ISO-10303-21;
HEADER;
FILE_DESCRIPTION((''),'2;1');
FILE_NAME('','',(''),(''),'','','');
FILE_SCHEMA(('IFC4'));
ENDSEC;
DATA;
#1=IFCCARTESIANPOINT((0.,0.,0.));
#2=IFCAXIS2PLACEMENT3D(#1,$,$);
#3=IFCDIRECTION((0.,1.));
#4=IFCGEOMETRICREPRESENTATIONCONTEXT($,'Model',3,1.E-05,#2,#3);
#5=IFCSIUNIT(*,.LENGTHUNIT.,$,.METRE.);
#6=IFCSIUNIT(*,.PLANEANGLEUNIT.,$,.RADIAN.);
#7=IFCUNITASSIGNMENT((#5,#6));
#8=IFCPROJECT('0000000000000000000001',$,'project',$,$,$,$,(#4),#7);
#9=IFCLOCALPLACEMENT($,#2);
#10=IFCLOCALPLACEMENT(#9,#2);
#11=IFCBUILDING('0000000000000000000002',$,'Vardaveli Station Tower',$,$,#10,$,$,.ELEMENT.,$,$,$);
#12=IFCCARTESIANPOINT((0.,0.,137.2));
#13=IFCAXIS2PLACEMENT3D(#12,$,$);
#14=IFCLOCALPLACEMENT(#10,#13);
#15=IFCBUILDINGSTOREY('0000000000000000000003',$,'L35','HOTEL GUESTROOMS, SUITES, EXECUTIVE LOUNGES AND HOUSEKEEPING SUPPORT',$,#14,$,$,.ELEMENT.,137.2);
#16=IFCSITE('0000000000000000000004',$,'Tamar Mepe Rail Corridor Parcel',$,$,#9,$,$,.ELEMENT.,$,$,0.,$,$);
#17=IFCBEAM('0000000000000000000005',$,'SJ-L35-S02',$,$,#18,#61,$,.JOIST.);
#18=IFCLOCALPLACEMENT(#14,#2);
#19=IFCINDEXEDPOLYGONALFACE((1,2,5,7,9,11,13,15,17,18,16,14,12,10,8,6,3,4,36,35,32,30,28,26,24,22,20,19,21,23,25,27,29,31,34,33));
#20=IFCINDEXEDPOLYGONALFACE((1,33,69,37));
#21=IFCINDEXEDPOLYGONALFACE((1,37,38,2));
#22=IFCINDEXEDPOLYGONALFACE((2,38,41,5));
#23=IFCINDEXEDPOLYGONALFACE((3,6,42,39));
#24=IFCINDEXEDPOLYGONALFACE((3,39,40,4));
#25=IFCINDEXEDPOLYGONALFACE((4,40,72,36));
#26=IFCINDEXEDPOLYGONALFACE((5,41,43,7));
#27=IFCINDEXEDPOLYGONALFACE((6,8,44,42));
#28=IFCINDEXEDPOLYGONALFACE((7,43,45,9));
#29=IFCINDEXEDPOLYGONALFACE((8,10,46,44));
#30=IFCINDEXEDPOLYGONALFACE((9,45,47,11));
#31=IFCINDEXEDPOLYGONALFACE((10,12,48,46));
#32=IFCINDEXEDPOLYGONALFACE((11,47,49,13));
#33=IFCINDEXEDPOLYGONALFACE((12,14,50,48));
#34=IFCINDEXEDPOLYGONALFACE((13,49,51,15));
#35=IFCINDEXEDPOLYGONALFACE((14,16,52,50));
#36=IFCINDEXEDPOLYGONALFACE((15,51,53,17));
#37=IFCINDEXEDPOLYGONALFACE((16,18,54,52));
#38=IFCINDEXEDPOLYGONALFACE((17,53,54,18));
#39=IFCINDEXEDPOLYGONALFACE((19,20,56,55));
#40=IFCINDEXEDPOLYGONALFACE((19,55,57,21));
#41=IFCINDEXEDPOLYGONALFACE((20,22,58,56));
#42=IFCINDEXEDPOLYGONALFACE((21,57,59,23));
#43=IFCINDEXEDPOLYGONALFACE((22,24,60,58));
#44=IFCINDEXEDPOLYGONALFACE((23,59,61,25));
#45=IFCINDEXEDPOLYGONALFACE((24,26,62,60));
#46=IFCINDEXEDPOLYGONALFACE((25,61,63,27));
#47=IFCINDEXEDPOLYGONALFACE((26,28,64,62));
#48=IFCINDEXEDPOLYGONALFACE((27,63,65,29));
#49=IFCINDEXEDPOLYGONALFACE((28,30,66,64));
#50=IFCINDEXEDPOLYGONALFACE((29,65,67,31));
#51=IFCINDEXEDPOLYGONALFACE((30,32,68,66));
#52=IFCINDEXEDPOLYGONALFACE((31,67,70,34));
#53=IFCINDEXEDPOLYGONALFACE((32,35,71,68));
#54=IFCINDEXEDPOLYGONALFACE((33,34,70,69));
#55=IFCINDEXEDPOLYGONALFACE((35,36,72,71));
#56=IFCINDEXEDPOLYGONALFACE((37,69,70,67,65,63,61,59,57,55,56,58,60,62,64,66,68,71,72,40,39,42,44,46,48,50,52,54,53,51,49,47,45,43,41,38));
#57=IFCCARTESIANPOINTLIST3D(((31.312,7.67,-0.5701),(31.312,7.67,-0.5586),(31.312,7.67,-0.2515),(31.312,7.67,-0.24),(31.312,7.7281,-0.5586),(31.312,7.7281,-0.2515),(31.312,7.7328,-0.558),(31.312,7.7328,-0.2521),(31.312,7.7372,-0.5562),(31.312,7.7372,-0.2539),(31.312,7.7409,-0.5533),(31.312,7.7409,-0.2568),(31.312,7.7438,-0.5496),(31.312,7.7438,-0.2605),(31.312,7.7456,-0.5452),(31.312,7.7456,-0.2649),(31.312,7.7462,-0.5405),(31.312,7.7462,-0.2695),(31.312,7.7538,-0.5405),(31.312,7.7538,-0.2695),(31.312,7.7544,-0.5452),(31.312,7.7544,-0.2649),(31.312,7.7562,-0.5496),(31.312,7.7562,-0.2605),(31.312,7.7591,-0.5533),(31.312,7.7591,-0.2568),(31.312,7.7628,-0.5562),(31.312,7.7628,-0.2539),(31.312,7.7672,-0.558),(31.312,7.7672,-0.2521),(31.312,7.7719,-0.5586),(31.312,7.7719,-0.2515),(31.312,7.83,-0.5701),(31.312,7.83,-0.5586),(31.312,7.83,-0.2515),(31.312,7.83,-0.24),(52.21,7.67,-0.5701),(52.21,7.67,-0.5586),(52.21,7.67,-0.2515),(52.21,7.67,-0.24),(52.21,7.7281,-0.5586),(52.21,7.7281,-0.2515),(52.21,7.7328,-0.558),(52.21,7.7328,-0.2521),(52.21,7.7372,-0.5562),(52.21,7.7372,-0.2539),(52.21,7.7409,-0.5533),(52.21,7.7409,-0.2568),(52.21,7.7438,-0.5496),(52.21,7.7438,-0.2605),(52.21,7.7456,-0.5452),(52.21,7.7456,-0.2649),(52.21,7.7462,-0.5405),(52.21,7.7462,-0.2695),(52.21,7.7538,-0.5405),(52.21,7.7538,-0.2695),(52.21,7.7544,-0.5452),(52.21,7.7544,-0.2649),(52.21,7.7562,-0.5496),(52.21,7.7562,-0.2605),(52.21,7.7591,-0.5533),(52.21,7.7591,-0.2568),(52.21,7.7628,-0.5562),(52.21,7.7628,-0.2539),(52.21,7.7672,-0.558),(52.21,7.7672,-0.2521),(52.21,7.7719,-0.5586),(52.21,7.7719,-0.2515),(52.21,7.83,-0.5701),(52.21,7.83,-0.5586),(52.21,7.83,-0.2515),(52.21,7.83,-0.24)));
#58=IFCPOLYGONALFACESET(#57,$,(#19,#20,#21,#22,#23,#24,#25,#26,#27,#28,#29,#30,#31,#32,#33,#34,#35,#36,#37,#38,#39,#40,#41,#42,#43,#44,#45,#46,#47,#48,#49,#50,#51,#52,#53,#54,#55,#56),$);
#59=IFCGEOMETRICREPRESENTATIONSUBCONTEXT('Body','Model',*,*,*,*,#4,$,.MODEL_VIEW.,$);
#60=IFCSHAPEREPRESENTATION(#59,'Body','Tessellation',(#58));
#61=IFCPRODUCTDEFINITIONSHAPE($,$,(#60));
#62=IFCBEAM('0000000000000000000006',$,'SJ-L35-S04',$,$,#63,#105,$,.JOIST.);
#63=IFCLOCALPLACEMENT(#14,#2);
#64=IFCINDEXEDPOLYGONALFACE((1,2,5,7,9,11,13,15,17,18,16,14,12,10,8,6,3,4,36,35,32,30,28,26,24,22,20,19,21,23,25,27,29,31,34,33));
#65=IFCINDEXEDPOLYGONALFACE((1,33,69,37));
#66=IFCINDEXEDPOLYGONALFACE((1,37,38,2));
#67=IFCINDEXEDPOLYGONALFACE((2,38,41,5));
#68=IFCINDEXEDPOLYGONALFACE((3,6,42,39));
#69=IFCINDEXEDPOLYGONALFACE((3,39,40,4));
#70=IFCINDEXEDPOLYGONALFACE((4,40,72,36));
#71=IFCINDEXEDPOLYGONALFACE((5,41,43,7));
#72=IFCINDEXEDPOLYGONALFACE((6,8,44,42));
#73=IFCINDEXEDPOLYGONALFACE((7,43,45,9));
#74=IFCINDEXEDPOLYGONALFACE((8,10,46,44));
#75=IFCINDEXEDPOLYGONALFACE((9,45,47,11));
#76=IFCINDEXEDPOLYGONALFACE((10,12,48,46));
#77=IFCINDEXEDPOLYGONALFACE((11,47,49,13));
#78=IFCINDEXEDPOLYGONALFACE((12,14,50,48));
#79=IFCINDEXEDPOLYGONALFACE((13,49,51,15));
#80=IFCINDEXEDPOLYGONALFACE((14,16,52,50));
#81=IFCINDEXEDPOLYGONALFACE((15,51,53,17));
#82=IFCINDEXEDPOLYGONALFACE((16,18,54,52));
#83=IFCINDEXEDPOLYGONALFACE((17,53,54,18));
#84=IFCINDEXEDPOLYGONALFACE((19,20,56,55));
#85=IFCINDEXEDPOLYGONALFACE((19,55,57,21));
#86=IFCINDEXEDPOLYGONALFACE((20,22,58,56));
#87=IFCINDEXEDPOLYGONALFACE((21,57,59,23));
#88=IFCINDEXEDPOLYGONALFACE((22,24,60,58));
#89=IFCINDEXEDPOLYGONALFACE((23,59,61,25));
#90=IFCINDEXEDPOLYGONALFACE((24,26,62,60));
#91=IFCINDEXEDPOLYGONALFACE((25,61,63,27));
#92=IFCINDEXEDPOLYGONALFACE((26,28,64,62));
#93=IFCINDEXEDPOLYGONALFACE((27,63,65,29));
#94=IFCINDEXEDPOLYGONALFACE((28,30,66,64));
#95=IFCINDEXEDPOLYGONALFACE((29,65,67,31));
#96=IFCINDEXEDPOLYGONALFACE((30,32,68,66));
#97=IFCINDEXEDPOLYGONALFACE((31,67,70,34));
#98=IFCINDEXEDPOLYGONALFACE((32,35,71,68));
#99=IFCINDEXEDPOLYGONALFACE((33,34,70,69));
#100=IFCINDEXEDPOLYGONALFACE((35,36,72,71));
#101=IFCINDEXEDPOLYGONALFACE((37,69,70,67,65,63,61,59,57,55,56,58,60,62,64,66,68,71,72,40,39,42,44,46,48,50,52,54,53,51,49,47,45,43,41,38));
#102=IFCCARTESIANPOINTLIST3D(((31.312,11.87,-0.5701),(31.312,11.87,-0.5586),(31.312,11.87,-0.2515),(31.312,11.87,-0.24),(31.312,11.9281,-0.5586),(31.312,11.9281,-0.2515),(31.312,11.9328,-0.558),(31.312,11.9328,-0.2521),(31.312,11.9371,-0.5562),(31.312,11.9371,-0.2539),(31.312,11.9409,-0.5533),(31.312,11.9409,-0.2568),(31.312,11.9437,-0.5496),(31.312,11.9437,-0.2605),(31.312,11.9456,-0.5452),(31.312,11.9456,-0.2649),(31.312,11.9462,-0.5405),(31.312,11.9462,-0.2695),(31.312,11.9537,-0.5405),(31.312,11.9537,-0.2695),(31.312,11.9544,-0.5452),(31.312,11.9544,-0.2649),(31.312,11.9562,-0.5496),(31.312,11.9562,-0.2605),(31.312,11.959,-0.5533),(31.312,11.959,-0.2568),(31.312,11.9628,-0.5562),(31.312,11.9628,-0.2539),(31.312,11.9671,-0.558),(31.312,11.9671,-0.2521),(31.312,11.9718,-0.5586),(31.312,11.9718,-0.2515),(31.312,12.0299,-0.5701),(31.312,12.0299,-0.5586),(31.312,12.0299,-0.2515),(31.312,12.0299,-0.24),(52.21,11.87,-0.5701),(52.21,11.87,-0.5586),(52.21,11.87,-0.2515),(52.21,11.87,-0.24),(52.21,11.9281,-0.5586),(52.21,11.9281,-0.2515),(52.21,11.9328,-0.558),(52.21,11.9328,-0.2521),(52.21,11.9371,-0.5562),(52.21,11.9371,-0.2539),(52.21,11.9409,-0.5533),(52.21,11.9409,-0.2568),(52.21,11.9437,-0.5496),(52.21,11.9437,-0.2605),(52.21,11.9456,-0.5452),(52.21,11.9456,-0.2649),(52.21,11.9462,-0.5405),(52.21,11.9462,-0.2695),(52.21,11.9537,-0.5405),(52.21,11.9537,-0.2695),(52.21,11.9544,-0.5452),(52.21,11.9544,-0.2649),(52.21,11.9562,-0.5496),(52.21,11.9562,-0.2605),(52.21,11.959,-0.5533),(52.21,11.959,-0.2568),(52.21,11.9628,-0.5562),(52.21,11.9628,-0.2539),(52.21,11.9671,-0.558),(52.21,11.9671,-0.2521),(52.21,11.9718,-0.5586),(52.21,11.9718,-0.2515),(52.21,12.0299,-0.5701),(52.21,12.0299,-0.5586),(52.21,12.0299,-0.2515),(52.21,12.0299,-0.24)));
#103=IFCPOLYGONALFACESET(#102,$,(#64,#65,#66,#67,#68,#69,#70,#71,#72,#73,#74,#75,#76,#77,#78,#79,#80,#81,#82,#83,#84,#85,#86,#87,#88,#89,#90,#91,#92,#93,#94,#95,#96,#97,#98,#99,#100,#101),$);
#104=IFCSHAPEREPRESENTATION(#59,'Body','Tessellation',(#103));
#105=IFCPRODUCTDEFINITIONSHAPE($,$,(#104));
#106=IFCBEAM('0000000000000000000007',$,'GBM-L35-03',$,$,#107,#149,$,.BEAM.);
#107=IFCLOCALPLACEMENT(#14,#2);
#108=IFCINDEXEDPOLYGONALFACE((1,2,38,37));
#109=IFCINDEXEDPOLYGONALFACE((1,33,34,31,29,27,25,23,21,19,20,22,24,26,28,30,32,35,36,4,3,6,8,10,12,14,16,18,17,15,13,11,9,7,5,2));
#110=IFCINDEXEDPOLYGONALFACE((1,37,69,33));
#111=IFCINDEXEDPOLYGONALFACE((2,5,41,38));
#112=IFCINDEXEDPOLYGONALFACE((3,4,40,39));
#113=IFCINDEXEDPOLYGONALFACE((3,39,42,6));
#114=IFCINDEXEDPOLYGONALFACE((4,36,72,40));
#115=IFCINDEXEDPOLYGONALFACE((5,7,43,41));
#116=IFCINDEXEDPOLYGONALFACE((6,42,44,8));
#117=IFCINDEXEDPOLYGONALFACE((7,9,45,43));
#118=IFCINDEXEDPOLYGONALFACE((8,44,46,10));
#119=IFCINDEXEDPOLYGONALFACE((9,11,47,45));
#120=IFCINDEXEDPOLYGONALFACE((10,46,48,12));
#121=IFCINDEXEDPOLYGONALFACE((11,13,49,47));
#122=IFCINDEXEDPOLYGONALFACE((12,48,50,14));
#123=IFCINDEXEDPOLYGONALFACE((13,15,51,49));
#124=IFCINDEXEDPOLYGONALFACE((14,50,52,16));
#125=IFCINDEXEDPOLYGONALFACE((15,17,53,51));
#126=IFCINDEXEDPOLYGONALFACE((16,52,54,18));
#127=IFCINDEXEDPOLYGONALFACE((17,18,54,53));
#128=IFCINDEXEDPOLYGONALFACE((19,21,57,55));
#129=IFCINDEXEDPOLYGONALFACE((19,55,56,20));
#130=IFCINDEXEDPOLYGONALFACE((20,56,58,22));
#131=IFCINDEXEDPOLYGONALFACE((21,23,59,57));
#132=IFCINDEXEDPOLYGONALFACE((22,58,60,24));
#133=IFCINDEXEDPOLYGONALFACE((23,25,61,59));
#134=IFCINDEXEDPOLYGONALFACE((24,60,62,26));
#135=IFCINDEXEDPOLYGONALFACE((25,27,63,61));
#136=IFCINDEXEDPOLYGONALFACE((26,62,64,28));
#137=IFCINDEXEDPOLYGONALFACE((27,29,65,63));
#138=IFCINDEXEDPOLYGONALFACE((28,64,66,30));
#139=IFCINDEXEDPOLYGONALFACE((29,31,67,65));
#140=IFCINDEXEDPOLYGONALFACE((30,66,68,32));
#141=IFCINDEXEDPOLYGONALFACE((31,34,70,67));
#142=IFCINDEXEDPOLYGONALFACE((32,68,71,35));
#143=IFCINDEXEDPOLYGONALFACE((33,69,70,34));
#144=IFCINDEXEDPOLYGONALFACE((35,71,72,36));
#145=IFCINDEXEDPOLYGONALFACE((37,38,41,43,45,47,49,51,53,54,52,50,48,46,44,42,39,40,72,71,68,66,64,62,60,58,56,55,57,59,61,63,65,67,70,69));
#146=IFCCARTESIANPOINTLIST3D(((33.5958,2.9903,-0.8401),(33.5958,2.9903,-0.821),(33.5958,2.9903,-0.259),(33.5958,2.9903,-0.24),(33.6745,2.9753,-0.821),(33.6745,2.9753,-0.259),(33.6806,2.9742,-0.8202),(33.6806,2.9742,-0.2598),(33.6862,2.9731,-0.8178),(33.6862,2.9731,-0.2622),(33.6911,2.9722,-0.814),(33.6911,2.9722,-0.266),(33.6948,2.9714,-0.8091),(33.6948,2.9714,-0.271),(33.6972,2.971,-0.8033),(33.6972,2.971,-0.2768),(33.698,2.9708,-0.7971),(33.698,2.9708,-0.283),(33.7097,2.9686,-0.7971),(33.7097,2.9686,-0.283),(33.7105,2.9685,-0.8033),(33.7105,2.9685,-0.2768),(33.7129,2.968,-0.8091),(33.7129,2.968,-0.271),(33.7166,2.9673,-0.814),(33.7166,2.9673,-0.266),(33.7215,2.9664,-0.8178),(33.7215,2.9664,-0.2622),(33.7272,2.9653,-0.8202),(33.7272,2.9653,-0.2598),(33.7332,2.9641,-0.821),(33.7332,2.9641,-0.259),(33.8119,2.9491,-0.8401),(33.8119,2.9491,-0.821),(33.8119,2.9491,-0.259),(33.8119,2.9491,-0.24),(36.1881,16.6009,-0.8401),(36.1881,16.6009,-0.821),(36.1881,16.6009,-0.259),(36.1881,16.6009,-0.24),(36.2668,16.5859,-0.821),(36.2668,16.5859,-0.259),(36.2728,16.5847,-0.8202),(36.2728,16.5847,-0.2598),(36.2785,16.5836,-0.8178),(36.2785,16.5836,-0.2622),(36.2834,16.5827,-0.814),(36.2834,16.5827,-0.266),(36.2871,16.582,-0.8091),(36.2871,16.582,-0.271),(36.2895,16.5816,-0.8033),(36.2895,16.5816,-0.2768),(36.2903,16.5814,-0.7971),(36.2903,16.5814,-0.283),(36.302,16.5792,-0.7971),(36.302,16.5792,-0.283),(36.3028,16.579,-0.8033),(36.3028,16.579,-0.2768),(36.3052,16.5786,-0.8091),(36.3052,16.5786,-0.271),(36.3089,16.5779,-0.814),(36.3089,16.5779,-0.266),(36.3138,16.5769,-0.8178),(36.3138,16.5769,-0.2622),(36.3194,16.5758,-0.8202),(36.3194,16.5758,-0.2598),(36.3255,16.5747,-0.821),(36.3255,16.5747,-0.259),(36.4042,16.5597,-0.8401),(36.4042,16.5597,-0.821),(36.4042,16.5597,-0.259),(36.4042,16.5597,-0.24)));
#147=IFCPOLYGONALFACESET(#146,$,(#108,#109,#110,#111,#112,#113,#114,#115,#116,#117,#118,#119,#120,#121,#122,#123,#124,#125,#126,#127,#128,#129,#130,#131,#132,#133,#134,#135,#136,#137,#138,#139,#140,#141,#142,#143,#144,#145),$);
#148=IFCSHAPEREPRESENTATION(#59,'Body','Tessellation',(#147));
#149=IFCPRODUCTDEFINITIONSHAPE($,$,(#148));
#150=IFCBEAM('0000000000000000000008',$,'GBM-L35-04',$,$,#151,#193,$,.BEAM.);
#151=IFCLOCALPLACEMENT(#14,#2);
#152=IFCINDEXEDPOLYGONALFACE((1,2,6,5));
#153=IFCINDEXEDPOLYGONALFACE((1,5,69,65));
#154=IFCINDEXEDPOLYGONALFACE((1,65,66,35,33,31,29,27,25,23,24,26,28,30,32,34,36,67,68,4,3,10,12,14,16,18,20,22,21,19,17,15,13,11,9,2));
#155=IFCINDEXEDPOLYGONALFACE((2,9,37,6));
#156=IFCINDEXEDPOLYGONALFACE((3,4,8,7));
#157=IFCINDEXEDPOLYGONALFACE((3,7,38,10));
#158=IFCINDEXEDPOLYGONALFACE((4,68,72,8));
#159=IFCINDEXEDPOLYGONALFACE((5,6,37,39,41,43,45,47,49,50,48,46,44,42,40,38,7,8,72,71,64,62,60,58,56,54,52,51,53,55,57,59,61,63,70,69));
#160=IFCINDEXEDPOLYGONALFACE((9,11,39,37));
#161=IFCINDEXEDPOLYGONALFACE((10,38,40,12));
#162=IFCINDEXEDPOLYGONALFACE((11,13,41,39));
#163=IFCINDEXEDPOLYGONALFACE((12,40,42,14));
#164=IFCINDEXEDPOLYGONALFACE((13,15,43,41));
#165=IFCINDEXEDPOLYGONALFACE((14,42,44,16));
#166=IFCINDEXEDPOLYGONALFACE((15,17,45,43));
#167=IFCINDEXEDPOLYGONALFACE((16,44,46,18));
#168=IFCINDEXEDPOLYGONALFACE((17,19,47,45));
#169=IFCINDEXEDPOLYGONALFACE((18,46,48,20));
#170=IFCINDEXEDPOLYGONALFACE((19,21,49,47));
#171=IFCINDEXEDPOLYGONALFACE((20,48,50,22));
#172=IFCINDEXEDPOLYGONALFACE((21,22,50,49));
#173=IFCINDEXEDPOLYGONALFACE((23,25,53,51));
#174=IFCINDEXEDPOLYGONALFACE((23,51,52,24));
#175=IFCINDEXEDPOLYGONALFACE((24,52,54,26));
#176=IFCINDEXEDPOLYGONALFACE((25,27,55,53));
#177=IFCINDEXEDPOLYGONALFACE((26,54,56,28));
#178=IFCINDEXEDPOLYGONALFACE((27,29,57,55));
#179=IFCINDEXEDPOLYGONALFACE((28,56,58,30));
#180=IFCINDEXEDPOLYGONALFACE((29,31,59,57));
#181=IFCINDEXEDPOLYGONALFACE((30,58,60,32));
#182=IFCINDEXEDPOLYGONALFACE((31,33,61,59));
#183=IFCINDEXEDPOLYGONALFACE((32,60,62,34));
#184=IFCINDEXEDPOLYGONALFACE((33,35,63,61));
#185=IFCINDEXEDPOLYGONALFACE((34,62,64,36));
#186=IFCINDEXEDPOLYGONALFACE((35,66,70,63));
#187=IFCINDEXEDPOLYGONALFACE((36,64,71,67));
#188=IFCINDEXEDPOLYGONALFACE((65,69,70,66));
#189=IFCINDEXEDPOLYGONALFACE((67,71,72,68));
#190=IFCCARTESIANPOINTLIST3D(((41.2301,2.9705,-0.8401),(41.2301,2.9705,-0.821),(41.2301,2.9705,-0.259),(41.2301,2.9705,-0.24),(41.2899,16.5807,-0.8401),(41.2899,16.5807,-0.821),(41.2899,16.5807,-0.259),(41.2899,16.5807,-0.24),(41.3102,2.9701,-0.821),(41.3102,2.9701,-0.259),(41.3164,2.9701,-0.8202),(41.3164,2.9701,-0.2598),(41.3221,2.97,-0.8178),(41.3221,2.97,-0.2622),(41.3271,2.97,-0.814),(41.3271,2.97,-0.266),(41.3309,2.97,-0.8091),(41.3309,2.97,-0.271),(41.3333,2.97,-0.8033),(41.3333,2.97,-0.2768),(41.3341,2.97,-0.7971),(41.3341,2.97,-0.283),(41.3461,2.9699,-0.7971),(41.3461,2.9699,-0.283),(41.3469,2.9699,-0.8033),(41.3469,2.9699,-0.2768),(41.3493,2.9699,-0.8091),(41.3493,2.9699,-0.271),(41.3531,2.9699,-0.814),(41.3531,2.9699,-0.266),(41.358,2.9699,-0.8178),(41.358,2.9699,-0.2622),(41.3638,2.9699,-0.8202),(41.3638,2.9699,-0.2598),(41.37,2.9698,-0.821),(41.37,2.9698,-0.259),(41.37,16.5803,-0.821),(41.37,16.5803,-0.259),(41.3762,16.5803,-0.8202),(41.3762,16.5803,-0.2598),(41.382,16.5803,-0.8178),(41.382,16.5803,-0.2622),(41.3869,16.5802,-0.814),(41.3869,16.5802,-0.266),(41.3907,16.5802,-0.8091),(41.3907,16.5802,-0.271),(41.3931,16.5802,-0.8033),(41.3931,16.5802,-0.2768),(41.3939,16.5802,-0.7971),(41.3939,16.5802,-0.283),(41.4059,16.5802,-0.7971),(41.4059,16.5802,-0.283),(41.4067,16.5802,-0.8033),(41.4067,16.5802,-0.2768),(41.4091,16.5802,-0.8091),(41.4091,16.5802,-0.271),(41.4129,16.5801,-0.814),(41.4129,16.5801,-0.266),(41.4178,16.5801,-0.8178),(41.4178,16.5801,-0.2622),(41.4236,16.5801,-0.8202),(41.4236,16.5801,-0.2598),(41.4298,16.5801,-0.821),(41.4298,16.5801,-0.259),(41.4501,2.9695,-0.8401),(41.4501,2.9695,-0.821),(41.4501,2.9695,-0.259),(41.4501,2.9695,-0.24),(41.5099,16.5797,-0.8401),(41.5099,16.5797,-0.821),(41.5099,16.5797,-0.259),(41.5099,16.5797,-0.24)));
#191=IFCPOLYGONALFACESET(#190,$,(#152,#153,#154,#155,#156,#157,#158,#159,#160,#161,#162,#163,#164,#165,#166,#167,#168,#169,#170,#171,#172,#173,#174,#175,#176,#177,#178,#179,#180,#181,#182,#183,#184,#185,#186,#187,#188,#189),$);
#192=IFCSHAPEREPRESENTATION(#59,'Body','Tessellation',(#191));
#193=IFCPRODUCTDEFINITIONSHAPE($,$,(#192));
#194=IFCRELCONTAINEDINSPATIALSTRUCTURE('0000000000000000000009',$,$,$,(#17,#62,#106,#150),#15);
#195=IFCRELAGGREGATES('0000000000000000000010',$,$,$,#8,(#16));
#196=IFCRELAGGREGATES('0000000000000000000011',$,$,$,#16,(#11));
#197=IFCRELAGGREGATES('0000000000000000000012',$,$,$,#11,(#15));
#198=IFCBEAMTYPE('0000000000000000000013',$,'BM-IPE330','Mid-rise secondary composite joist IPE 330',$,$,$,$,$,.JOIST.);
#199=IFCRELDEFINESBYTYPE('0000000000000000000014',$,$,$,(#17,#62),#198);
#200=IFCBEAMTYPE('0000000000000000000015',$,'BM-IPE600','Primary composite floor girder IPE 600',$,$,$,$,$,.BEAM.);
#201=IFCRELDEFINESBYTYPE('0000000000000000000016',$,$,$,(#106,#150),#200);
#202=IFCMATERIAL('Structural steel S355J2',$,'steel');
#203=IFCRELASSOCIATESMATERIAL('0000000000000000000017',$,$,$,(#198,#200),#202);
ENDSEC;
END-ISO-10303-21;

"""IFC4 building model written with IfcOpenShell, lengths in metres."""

from ifc_helpers import new_model, si_unit, direction, frame, origin, origin_2d, place, context, subcontext, project, spatial, i_section, extrude, source, transform, mapped, material, material_profile, profile_set, type_object, element, save


model = new_model("IFC4")

# Units and contexts
model_context = context("Model", 3, precision=1e-05, world=origin(), true_north=direction((0.0, 1.0)))
body_context = subcontext(model_context, "Body", "Model", "MODEL_VIEW")
ifc_project = project(units=[si_unit("LENGTHUNIT", "METRE"), si_unit("PLANEANGLEUNIT", "RADIAN")], contexts=[model_context])

# Site, building, storey
site_placement = place(None, origin())
site = spatial("IfcSite", under=ifc_project, at=site_placement, Name="Tamar Mepe Rail Corridor Parcel", CompositionType="ELEMENT", RefElevation=0.0)
building_placement = place(site_placement, origin())
building = spatial("IfcBuilding", under=site, at=building_placement, Name="Vardaveli Station Tower", CompositionType="ELEMENT")
storey_placement = place(building_placement, frame((0.0, 0.0, 137.2)))
storey = spatial("IfcBuildingStorey", under=building, at=storey_placement, Name="L35", Description="HOTEL GUESTROOMS, SUITES, EXECUTIVE LOUNGES AND HOUSEKEEPING SUPPORT", CompositionType="ELEMENT", Elevation=137.2)

# Beams
ifc_material_1 = material(Name="Structural steel S355J2", Category="steel")
ifc_material_profile_1 = material_profile(ifc_material_1, i_section(OverallWidth=0.1599, OverallDepth=0.3301, WebThickness=0.0076, FlangeThickness=0.0115, FilletRadius=0.0181, at=origin_2d()), Name="IPE 330")
ifc_profile_set_1 = profile_set([ifc_material_profile_1], Name="Structural steel S355J2")
beam_type_1 = type_object("IfcBeamType", Name="BM-IPE330", Description="Mid-rise secondary composite joist IPE 330", PredefinedType="JOIST", material=ifc_profile_set_1)
shared_shape_1 = source(origin(), body_context, "Body", "SweptSolid", [
    extrude(i_section(OverallWidth=0.1599, OverallDepth=0.3301, WebThickness=0.0076, FlangeThickness=0.0115, FilletRadius=0.0181, at=origin_2d()), origin(), (0.0, 0.0, 1.0), 20.8979),
])
for number, where, z_axis, x_axis, name in (
    (1, (31.312, 7.75, -0.405), (1.0, 0.0, 0.0), (0.0, 1.0, 0.0), "SJ-L35-S02"),
    (2, (31.312, 11.95, -0.405), (1.0, 0.0, 0.0), (0.0, 1.0, 0.0), "SJ-L35-S04"),
):
    element("IfcBeam", number, at=place(storey_placement, frame(where, z_axis=z_axis, x_axis=x_axis)), inside=storey, type_object=beam_type_1, Name=name, PredefinedType="JOIST", context=body_context, shape_type="MappedRepresentation", body=[
        mapped(shared_shape_1, transform((0.0, 0.0, 0.0), scale=1.0)),
    ])
ifc_material_profile_2 = material_profile(ifc_material_1, i_section(OverallWidth=0.22, OverallDepth=0.6001, WebThickness=0.012, FlangeThickness=0.019, FilletRadius=0.0239, at=origin_2d()), Name="IPE 600")
ifc_profile_set_2 = profile_set([ifc_material_profile_2], Name="Structural steel S355J2")
beam_type_2 = type_object("IfcBeamType", Name="BM-IPE600", Description="Primary composite floor girder IPE 600", PredefinedType="BEAM", material=ifc_profile_set_2)
shared_shape_2 = source(origin(), body_context, "Body", "SweptSolid", [
    extrude(i_section(OverallWidth=0.22, OverallDepth=0.6001, WebThickness=0.012, FlangeThickness=0.019, FilletRadius=0.0239, at=origin_2d()), origin(), (0.0, 0.0, 1.0), 13.8552),
])
beam_1_placement = place(storey_placement, frame((33.7039, 2.9697, -0.54), z_axis=(0.187098, 0.982341, 0.0), x_axis=(-0.982341, 0.187098, 0.0)))
element("IfcBeam", 3, at=beam_1_placement, inside=storey, type_object=beam_type_2, Name="GBM-L35-03", PredefinedType="BEAM", context=body_context, shape_type="MappedRepresentation", body=[
    mapped(shared_shape_2, transform((0.0, 0.0, 0.0), scale=1.0)),
])
shared_shape_3 = source(origin(), body_context, "Body", "SweptSolid", [
    extrude(i_section(OverallWidth=0.22, OverallDepth=0.6001, WebThickness=0.012, FlangeThickness=0.019, FilletRadius=0.0239, at=origin_2d()), origin(), (0.0, 0.0, 1.0), 13.6104),
])
beam_2_placement = place(storey_placement, frame((41.3401, 2.97, -0.54), z_axis=(0.004395, 0.99999, 0.0), x_axis=(-0.99999, 0.004395, 0.0)))
element("IfcBeam", 4, at=beam_2_placement, inside=storey, type_object=beam_type_2, Name="GBM-L35-04", PredefinedType="BEAM", context=body_context, shape_type="MappedRepresentation", body=[
    mapped(shared_shape_3, transform((0.0, 0.0, 0.0), scale=1.0)),
])

save(model, "model.ifc")
